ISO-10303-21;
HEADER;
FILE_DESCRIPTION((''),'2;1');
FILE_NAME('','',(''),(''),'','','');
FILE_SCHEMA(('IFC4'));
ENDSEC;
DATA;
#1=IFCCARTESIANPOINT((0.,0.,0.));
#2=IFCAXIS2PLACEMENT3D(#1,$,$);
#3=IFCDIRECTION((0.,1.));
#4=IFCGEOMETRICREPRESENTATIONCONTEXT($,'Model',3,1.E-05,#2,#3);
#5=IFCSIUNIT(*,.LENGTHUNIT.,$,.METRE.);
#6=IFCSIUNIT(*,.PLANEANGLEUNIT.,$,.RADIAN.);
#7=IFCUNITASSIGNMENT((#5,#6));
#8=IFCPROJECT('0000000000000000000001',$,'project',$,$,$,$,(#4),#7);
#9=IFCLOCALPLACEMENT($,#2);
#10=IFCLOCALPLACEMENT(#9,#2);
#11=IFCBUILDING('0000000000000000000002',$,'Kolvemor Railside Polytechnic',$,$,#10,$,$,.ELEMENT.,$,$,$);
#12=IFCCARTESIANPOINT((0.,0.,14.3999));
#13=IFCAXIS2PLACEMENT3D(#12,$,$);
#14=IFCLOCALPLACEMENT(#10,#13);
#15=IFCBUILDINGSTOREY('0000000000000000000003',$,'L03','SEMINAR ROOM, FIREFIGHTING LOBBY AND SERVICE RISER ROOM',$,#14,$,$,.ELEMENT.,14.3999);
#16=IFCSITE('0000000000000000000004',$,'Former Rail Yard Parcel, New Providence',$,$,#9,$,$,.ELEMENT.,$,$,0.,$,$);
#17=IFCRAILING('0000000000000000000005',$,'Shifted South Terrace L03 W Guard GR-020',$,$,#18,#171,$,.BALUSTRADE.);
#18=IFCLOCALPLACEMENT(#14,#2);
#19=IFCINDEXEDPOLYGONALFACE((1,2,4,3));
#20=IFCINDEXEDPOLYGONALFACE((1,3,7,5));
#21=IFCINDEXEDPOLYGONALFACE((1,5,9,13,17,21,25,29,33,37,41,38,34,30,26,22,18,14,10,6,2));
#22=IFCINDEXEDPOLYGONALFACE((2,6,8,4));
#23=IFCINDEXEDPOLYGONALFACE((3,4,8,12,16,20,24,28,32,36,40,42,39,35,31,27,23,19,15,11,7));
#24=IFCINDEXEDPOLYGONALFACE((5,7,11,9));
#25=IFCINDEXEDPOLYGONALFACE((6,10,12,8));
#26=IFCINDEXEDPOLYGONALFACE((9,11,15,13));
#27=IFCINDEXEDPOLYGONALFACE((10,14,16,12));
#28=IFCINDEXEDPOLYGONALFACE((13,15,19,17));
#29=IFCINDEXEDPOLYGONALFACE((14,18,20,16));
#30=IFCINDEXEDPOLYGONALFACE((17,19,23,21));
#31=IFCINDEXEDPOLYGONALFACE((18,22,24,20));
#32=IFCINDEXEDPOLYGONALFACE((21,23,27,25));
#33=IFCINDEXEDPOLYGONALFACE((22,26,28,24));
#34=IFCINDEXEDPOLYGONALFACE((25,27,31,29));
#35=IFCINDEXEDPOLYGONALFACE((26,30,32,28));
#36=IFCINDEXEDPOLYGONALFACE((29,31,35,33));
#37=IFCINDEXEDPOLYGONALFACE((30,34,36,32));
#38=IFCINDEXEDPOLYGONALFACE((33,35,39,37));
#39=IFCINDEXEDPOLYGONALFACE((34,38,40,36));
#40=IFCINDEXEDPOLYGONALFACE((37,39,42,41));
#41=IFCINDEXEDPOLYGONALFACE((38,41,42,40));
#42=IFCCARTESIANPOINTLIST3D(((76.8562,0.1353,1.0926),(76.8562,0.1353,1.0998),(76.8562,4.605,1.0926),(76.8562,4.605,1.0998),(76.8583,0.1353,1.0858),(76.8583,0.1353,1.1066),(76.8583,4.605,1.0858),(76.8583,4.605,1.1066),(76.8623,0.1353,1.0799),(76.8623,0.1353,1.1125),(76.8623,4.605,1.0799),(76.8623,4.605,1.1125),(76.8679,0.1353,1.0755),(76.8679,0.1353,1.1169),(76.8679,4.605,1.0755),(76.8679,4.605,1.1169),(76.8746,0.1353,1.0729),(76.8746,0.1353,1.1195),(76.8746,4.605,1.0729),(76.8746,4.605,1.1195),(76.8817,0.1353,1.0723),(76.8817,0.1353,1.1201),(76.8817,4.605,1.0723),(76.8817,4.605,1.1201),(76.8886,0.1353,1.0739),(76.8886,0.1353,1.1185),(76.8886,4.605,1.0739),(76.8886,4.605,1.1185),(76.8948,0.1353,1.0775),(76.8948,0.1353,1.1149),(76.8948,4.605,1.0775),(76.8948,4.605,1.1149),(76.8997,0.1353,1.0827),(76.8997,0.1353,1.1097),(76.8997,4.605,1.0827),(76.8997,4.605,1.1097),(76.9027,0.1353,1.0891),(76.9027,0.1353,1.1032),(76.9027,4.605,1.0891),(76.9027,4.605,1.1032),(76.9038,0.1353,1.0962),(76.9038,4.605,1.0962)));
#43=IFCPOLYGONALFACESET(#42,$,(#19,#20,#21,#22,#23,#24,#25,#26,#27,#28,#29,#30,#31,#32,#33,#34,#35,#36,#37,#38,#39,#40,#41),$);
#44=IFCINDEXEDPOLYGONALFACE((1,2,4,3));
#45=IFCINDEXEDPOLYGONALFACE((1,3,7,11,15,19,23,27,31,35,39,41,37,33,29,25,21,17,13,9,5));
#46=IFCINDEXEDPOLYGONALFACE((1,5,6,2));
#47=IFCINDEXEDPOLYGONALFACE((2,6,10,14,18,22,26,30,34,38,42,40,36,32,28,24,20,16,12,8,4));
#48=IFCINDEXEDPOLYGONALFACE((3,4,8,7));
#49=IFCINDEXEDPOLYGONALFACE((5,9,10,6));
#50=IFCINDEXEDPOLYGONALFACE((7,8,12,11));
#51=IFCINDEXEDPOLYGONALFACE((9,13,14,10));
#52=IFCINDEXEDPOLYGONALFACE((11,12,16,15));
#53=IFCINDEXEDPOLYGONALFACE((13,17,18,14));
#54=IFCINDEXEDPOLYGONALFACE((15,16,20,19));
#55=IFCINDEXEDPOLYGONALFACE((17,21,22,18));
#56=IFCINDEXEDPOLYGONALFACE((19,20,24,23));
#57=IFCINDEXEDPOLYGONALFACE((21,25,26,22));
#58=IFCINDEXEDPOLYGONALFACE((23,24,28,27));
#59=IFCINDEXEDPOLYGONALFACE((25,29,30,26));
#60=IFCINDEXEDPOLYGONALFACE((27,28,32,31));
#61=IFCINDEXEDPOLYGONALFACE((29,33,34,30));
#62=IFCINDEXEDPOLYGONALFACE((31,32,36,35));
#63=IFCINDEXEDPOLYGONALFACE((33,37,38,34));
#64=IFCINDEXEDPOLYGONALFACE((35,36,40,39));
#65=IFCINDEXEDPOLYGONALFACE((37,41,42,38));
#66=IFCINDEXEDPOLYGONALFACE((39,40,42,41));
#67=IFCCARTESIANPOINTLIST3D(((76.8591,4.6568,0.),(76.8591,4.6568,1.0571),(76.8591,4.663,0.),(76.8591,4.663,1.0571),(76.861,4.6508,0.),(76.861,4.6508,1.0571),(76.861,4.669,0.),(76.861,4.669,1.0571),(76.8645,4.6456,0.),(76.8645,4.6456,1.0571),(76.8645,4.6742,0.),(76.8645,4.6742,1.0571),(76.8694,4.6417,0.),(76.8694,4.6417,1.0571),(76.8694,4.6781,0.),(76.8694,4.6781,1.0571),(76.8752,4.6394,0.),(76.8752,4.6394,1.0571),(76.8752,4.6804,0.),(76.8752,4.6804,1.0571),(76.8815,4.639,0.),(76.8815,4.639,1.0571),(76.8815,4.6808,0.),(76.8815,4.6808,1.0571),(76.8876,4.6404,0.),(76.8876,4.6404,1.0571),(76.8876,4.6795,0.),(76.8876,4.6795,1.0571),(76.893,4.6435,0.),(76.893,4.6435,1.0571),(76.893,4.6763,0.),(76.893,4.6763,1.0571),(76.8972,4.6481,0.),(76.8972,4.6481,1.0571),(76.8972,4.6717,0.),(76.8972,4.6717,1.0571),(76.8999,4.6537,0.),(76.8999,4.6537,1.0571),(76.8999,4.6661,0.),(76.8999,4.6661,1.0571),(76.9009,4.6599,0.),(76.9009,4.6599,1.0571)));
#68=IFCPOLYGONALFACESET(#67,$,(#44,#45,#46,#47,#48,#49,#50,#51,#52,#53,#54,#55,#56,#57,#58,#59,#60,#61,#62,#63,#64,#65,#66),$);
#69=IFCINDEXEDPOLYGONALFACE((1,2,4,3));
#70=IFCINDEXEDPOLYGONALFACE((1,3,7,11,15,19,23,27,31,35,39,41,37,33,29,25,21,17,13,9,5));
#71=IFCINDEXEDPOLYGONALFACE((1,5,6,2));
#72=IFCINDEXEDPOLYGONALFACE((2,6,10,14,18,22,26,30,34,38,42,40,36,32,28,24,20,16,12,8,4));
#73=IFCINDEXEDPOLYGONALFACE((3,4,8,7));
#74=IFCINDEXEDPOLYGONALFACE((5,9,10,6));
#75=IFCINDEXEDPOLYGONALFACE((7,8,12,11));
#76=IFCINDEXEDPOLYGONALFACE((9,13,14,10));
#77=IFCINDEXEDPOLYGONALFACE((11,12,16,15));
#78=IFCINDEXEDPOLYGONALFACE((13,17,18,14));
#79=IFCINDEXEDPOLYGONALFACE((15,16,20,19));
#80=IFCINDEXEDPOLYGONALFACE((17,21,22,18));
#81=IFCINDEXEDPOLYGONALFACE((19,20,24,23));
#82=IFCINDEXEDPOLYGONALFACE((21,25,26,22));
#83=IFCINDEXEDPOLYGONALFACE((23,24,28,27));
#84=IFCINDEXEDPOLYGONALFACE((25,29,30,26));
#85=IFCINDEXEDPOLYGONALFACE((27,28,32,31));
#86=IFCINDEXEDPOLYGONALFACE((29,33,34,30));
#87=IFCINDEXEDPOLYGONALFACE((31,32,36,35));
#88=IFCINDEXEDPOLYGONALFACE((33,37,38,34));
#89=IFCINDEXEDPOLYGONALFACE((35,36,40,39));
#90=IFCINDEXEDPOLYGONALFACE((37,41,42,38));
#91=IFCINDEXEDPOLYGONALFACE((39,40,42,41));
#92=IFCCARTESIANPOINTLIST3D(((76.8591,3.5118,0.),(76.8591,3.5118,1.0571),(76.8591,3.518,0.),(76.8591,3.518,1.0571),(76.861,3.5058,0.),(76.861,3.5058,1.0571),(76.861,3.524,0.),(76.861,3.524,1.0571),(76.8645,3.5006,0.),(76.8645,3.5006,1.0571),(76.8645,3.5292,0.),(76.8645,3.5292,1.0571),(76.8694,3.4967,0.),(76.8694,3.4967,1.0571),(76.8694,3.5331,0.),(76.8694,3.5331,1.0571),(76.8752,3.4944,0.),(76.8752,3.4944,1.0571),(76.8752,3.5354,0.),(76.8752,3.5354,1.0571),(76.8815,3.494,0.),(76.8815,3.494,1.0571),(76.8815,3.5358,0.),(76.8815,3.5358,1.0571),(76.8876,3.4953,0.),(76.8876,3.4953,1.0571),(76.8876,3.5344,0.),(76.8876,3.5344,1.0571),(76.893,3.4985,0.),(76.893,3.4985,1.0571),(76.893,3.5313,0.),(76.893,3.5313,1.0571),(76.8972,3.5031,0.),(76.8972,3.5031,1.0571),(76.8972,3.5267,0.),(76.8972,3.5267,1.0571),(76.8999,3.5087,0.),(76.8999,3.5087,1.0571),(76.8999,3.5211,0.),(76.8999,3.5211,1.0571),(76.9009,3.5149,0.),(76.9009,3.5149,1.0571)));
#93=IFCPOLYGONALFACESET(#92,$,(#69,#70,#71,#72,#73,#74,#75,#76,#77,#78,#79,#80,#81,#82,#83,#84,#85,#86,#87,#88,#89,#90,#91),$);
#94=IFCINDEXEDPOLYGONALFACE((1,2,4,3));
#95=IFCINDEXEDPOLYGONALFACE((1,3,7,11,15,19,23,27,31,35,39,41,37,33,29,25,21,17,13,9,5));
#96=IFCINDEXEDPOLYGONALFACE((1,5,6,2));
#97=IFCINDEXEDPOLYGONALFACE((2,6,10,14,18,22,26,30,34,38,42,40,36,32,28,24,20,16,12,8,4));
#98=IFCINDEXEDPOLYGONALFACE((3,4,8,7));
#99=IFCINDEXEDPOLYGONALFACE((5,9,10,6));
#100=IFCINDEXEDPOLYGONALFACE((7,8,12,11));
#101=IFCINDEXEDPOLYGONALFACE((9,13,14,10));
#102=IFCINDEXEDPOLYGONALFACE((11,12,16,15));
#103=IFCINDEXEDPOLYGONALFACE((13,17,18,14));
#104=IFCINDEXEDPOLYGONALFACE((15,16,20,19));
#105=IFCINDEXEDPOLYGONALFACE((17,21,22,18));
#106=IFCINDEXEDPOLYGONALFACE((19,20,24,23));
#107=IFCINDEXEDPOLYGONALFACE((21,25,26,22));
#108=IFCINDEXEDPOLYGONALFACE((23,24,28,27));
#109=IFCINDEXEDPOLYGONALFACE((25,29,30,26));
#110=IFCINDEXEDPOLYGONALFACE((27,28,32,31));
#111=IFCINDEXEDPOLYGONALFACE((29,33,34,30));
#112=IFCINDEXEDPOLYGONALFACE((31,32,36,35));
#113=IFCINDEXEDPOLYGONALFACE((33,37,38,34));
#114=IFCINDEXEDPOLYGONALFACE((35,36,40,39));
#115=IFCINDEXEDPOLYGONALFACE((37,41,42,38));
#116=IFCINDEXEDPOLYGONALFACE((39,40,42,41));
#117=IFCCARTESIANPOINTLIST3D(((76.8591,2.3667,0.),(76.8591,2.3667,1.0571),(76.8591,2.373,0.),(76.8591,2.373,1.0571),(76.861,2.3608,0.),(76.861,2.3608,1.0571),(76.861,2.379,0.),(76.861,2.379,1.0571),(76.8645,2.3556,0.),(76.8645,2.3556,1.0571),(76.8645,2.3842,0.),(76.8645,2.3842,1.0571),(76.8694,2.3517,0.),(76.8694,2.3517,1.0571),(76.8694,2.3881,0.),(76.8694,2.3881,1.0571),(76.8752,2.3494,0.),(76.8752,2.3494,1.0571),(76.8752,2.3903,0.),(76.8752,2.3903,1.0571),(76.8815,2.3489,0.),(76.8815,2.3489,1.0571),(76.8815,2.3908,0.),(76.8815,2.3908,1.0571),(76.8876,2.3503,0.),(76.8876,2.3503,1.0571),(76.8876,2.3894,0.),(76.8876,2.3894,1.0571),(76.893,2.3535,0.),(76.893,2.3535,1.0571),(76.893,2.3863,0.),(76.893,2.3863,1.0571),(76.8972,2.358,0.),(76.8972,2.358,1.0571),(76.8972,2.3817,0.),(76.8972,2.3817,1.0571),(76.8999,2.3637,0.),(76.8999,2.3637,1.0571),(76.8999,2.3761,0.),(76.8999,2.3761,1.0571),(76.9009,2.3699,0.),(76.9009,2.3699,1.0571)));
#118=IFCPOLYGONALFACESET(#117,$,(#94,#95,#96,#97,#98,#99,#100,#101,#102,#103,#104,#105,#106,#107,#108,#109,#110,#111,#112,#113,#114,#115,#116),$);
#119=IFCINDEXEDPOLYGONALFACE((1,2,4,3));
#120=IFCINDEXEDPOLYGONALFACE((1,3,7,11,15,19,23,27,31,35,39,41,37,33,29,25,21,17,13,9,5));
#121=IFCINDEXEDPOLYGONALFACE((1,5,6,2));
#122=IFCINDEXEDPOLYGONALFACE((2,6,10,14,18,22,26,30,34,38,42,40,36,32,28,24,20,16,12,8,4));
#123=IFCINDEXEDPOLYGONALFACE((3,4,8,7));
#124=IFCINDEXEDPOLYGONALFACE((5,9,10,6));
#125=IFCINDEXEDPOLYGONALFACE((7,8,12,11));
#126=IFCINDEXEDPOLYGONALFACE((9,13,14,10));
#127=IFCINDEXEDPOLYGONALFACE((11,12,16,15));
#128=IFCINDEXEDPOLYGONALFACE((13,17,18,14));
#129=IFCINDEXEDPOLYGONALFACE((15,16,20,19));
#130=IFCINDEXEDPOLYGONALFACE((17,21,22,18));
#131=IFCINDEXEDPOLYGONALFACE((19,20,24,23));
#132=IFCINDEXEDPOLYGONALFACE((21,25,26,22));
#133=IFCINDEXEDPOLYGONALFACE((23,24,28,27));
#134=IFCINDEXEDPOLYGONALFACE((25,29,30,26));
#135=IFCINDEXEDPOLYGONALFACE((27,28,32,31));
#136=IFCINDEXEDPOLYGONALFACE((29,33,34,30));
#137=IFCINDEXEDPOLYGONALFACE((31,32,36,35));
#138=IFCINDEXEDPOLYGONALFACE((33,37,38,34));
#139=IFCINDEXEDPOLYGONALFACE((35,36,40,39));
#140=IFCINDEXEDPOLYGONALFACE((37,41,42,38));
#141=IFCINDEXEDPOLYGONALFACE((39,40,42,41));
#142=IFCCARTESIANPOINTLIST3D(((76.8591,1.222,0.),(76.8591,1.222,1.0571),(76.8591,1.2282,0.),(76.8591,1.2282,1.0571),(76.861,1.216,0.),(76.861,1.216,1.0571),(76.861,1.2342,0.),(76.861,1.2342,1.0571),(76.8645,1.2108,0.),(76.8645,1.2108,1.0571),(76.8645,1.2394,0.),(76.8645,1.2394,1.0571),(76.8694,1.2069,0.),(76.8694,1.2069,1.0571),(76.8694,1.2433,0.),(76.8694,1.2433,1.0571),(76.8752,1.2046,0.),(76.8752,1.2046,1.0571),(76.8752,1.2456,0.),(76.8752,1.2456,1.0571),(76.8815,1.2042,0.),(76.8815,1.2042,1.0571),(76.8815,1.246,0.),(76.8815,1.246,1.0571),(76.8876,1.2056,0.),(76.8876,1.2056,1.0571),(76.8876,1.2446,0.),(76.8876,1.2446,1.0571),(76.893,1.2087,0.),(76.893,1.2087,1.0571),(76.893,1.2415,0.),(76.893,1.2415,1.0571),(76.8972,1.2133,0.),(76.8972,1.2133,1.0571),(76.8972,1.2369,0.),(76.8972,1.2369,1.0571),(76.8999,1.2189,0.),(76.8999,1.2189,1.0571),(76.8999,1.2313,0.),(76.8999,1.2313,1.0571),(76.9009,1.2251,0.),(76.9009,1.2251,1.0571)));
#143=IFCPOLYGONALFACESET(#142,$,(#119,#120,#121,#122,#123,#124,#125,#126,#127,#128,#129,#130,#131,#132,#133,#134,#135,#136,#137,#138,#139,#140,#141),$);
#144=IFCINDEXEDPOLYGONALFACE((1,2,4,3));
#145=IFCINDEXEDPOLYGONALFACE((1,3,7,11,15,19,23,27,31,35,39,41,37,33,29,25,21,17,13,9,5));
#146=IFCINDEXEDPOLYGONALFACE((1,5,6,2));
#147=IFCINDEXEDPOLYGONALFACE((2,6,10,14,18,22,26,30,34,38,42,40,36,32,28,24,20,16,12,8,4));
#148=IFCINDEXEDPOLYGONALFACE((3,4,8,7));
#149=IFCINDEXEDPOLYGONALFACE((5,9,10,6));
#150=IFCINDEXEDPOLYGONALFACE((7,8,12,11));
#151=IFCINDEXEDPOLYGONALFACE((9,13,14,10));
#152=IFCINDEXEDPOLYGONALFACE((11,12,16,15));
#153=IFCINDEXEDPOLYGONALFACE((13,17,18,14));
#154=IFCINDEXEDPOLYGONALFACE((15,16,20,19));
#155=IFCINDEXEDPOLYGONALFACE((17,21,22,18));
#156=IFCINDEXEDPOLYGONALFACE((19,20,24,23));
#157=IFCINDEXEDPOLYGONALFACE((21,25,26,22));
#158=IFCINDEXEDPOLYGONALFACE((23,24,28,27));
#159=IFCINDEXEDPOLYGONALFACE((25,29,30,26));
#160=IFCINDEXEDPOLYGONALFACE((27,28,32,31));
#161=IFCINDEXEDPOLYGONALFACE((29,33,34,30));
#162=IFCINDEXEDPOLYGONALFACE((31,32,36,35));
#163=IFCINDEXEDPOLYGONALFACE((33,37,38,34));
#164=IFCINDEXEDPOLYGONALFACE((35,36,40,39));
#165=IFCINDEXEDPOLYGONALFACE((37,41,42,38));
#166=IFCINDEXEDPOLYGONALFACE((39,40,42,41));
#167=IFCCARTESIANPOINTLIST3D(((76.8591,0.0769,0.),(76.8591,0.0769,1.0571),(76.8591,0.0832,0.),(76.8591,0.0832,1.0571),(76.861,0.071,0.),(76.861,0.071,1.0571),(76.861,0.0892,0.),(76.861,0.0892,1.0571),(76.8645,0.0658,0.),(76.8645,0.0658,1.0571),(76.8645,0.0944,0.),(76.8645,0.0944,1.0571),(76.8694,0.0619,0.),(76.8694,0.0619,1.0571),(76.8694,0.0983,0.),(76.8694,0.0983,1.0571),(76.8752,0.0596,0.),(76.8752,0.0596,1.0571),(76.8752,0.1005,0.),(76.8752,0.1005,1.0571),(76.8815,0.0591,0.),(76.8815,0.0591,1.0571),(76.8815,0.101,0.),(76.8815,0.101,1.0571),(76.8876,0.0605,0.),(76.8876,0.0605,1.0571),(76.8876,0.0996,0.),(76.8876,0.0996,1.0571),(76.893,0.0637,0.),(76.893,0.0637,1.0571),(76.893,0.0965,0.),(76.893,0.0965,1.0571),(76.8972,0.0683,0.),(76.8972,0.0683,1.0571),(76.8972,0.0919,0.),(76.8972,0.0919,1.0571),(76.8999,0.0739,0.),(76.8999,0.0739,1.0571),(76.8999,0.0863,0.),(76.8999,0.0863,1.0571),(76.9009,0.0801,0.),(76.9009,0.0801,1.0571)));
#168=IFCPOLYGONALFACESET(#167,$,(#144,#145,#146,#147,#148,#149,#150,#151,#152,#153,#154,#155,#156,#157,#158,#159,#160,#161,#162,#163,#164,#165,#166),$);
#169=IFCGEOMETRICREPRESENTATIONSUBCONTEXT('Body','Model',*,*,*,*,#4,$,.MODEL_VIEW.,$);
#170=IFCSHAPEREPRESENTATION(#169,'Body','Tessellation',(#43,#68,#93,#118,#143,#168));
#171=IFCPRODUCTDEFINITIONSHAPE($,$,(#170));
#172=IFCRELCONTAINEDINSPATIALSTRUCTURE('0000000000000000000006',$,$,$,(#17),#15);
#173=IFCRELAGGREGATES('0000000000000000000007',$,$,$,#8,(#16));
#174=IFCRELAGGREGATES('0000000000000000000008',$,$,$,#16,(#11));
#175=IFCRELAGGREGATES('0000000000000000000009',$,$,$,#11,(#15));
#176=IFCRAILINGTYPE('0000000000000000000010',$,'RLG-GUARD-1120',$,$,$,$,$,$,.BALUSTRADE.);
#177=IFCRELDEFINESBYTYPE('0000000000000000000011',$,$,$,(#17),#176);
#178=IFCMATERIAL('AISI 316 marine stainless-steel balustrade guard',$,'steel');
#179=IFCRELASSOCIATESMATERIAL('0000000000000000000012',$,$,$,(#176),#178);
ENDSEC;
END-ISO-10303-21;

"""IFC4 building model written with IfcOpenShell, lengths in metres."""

from ifc_helpers import new_model, si_unit, direction, frame, origin, origin_2d, place, context, subcontext, project, spatial, circle, extrude, material, type_object, element, save


model = new_model("IFC4")

# Units and contexts
model_context = context("Model", 3, precision=1e-05, world=origin(), true_north=direction((0.0, 1.0)))
body_context = subcontext(model_context, "Body", "Model", "MODEL_VIEW")
ifc_project = project(units=[si_unit("LENGTHUNIT", "METRE"), si_unit("PLANEANGLEUNIT", "RADIAN")], contexts=[model_context])

# Site, building, storey
site_placement = place(None, origin())
site = spatial("IfcSite", under=ifc_project, at=site_placement, Name="Former Rail Yard Parcel, New Providence", CompositionType="ELEMENT", RefElevation=0.0)
building_placement = place(site_placement, origin())
building = spatial("IfcBuilding", under=site, at=building_placement, Name="Kolvemor Railside Polytechnic", CompositionType="ELEMENT")
storey_placement = place(building_placement, frame((0.0, 0.0, 14.3999)))
storey = spatial("IfcBuildingStorey", under=building, at=storey_placement, Name="L03", Description="SEMINAR ROOM, FIREFIGHTING LOBBY AND SERVICE RISER ROOM", CompositionType="ELEMENT", Elevation=14.3999)

# Railing
ifc_material_1 = material(Name="AISI 316 marine stainless-steel balustrade guard", Category="steel")
railing_type = type_object("IfcRailingType", Name="RLG-GUARD-1120", PredefinedType="BALUSTRADE", material=ifc_material_1)
railing_1_placement = place(storey_placement, frame((76.8799, 4.6599, 0.0)))
element("IfcRailing", 1, at=railing_1_placement, inside=storey, type_object=railing_type, Name="Shifted South Terrace L03 W Guard GR-020", PredefinedType="BALUSTRADE", context=body_context, shape_type="SweptSolid", body=[
    extrude(circle(Radius=0.0239, at=origin_2d()), frame((0.0, -0.0549, 1.0962), z_axis=(0.0, -1.0, 0.0), x_axis=(1.0, 0.0, 0.0)), (0.0, 0.0, 1.0), 4.4697),
    extrude(circle(Radius=0.021, at=origin_2d()), origin(), (0.0, 0.0, 1.0), 1.0571),
    extrude(circle(Radius=0.021, at=origin_2d()), frame((0.0, -1.145, 0.0)), (0.0, 0.0, 1.0), 1.0571),
    extrude(circle(Radius=0.021, at=origin_2d()), frame((0.0, -2.29, 0.0)), (0.0, 0.0, 1.0), 1.0571),
    extrude(circle(Radius=0.021, at=origin_2d()), frame((0.0, -3.4348, 0.0)), (0.0, 0.0, 1.0), 1.0571),
    extrude(circle(Radius=0.021, at=origin_2d()), frame((0.0, -4.5798, 0.0)), (0.0, 0.0, 1.0), 1.0571),
])

save(model, "model.ifc")
